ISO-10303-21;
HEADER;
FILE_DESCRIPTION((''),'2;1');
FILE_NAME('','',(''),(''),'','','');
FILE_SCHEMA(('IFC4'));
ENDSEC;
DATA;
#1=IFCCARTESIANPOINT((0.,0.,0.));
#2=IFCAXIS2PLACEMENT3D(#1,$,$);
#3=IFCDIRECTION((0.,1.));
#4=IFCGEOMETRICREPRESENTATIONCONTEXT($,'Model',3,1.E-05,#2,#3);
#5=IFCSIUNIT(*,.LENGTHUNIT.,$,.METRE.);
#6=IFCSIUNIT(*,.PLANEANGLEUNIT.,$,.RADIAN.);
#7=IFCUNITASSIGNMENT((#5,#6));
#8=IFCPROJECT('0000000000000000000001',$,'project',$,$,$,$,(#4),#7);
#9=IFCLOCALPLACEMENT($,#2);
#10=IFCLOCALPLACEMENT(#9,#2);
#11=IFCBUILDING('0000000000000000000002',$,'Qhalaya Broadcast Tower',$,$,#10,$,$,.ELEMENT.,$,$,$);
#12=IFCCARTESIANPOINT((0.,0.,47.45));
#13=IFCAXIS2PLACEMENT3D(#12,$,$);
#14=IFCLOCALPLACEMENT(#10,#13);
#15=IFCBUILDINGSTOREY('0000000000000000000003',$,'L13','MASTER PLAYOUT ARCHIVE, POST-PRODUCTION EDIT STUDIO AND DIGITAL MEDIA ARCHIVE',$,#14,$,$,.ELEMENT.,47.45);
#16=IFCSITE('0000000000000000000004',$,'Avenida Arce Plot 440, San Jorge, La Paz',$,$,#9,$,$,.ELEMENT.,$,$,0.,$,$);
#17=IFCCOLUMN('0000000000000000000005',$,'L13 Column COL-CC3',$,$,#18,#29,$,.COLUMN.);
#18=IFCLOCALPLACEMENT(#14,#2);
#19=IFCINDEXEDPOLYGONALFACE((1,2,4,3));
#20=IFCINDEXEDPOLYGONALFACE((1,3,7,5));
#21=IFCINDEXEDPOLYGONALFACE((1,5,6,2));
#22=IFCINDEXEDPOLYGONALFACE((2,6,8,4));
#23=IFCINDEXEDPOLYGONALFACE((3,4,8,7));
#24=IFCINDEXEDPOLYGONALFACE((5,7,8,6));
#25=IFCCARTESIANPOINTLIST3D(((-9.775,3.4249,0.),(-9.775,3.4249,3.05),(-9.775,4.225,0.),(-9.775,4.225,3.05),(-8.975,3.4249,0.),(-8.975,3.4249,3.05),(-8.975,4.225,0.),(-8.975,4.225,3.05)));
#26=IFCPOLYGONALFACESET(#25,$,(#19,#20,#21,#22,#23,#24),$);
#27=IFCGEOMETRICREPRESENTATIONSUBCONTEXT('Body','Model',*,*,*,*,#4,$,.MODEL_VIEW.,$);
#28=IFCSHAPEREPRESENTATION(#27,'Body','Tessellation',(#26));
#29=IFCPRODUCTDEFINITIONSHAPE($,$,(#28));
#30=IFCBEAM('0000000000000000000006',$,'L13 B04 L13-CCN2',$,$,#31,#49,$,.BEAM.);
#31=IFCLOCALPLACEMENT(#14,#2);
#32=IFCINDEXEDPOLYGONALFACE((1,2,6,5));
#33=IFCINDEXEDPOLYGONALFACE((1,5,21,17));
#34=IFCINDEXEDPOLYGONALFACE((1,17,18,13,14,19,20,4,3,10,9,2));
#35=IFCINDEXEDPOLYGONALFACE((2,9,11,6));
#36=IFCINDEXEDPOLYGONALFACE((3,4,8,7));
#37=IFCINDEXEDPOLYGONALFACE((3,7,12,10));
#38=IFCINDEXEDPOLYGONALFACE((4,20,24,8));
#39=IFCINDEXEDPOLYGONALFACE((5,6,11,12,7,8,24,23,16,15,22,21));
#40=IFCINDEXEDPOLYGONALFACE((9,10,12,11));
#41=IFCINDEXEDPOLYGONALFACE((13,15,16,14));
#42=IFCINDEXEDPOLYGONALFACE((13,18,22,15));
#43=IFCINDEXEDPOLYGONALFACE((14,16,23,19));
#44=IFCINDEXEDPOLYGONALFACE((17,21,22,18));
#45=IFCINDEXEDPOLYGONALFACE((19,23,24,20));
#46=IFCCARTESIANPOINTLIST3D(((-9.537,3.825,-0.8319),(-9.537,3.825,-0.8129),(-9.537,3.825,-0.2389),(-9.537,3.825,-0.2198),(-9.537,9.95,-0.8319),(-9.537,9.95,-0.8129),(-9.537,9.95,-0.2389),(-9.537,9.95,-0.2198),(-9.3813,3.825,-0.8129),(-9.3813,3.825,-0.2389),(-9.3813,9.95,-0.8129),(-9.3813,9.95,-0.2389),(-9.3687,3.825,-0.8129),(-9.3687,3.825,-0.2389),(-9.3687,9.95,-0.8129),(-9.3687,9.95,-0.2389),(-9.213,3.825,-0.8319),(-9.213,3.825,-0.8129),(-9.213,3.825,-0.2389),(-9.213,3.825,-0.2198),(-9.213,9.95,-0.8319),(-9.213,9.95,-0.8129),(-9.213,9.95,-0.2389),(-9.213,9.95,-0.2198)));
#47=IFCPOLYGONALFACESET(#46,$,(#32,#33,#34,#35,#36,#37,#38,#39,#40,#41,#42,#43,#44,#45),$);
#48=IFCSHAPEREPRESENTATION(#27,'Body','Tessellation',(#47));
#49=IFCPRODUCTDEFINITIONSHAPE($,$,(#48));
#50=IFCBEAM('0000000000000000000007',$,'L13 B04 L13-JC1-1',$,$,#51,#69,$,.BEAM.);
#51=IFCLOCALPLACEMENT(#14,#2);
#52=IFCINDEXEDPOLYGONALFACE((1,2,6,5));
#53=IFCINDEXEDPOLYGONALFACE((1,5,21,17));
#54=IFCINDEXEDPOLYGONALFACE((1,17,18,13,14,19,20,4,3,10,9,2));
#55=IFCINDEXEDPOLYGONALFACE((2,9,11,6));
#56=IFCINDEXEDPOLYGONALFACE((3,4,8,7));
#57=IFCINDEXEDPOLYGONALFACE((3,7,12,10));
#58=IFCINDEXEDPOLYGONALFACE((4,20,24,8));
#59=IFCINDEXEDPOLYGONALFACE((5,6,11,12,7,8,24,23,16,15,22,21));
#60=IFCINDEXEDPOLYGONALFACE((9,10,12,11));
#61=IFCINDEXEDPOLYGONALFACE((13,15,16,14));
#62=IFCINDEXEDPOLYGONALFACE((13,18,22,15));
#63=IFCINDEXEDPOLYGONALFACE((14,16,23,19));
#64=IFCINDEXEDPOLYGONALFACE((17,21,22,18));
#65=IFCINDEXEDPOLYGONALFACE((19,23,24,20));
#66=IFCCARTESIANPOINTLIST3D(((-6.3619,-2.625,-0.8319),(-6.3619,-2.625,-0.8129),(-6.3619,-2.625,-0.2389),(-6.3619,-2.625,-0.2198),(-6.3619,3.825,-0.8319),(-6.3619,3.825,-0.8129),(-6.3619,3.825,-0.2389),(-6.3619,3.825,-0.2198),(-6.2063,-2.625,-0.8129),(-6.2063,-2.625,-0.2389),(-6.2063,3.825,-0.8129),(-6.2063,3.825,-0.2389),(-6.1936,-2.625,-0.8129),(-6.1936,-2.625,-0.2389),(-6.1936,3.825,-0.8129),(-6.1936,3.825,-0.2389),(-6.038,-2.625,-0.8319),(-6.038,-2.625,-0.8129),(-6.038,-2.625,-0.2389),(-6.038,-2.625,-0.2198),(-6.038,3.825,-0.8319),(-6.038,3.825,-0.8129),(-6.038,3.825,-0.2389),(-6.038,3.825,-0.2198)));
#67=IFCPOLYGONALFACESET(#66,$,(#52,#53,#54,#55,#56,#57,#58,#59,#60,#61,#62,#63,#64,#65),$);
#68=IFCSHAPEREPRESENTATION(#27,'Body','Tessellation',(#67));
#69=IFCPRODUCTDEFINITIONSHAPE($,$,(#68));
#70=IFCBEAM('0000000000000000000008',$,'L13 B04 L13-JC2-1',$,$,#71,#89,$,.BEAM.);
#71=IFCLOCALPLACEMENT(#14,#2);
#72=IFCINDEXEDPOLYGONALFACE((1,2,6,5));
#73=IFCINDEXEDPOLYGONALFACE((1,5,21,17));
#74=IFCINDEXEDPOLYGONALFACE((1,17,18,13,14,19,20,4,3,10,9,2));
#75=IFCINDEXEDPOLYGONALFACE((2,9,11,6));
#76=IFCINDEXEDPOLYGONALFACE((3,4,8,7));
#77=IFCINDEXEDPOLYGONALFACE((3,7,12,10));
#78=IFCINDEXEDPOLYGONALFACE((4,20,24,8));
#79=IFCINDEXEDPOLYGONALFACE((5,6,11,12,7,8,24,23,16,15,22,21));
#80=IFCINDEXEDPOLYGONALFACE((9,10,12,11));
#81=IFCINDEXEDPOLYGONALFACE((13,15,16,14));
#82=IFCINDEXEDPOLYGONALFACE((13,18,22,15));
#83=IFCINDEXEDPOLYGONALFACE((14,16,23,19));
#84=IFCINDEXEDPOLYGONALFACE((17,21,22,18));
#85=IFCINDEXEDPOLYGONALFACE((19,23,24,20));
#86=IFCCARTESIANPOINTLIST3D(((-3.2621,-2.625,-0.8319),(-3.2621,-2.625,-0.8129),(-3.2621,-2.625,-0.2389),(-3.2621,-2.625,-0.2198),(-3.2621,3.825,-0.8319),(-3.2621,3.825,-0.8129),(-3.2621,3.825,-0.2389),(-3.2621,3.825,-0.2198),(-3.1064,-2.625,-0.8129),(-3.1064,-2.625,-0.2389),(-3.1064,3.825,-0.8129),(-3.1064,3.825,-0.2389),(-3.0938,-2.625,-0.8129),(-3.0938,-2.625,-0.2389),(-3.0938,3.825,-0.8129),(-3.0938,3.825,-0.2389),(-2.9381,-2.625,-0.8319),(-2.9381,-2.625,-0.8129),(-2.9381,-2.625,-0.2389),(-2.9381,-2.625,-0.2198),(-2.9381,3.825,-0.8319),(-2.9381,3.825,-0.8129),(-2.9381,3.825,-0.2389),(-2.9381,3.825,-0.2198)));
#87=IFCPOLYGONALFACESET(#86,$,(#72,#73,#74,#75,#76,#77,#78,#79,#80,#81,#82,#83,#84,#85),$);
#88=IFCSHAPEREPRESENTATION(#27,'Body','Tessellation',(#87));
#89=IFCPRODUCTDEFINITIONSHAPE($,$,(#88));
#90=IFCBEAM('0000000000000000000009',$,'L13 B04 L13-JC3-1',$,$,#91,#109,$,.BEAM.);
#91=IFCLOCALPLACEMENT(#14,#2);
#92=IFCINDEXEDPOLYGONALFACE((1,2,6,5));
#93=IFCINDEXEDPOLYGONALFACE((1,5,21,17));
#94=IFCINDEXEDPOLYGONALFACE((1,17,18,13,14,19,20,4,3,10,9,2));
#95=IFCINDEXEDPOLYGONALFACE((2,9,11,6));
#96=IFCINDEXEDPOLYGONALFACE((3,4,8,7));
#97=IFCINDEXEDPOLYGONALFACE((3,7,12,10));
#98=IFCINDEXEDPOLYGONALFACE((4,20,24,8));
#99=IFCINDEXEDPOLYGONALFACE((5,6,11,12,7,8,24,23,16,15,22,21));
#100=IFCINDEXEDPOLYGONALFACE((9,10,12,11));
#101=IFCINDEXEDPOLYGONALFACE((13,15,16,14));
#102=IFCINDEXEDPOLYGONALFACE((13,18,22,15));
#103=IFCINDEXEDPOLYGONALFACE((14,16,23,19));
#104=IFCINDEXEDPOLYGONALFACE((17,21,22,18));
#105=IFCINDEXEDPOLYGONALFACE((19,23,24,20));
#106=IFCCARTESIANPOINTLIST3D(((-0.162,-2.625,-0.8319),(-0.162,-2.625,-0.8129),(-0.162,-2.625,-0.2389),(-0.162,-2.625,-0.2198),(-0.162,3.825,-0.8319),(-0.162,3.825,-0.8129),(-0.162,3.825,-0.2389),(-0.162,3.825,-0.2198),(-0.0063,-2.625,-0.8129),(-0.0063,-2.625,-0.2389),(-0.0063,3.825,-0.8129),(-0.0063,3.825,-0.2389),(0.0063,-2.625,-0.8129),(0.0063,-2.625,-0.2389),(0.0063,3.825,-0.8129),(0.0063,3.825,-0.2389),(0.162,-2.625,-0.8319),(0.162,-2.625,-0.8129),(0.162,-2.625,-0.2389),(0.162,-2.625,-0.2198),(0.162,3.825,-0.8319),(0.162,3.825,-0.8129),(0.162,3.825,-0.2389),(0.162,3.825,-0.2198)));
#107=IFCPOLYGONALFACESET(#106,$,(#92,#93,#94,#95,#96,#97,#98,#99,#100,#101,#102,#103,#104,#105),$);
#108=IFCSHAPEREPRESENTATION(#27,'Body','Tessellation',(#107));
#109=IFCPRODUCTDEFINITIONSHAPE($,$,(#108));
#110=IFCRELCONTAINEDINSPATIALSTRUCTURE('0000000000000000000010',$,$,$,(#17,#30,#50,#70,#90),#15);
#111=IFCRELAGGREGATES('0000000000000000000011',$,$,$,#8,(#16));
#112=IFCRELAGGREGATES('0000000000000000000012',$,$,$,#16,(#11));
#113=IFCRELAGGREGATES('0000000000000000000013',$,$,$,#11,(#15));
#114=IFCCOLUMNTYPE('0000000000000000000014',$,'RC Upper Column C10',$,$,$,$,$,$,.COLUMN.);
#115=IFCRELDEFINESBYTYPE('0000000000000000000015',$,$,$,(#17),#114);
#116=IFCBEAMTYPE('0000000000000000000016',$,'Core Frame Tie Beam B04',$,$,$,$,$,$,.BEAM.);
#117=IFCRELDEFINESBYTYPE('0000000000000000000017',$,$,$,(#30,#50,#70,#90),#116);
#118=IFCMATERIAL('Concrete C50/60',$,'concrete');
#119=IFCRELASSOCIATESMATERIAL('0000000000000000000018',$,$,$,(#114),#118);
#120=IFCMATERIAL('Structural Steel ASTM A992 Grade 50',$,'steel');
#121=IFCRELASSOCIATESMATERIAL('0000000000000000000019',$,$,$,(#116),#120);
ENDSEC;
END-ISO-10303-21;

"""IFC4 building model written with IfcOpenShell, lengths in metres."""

from ifc_helpers import new_model, si_unit, direction, frame, origin, origin_2d, place, context, subcontext, project, spatial, rectangle, i_section, extrude, material, material_profile, profile_set, type_object, element, save


model = new_model("IFC4")

# Units and contexts
model_context = context("Model", 3, precision=1e-05, world=origin(), true_north=direction((0.0, 1.0)))
body_context = subcontext(model_context, "Body", "Model", "MODEL_VIEW")
ifc_project = project(units=[si_unit("LENGTHUNIT", "METRE"), si_unit("PLANEANGLEUNIT", "RADIAN")], contexts=[model_context])

# Site, building, storey
site_placement = place(None, origin())
site = spatial("IfcSite", under=ifc_project, at=site_placement, Name="Avenida Arce Plot 440, San Jorge, La Paz", CompositionType="ELEMENT", RefElevation=0.0)
building_placement = place(site_placement, origin())
building = spatial("IfcBuilding", under=site, at=building_placement, Name="Qhalaya Broadcast Tower", CompositionType="ELEMENT")
storey_placement = place(building_placement, frame((0.0, 0.0, 47.45)))
storey = spatial("IfcBuildingStorey", under=building, at=storey_placement, Name="L13", Description="MASTER PLAYOUT ARCHIVE, POST-PRODUCTION EDIT STUDIO AND DIGITAL MEDIA ARCHIVE", CompositionType="ELEMENT", Elevation=47.45)

# Column
ifc_material_1 = material(Name="Concrete C50/60", Category="concrete")
ifc_material_profile_1 = material_profile(ifc_material_1, rectangle(XDim=0.8, YDim=0.8, at=origin_2d()), Name="RC-COL 800x800")
ifc_profile_set_1 = profile_set([ifc_material_profile_1], Name="Concrete C50/60")
column_type = type_object("IfcColumnType", Name="RC Upper Column C10", PredefinedType="COLUMN", material=ifc_profile_set_1)
column_placement = place(storey_placement, frame((-9.375, 3.825, 0.0), z_axis=(0.0, 0.0, 1.0), x_axis=(1.0, 0.0, 0.0)))
element("IfcColumn", 1, at=column_placement, inside=storey, type_object=column_type, Name="L13 Column COL-CC3", PredefinedType="COLUMN", context=body_context, shape_type="SweptSolid", body=[
    extrude(rectangle(XDim=0.8, YDim=0.8, at=origin_2d()), origin(), (0.0, 0.0, 1.0), 3.05),
])

# Beams
ifc_material_2 = material(Name="Structural Steel ASTM A992 Grade 50", Category="steel")
ifc_material_profile_2 = material_profile(ifc_material_2, i_section(OverallWidth=0.324, OverallDepth=0.6121, WebThickness=0.0127, FlangeThickness=0.019, at=origin_2d()), Name="W24X104")
ifc_profile_set_2 = profile_set([ifc_material_profile_2], Name="Structural Steel ASTM A992 Grade 50")
beam_type = type_object("IfcBeamType", Name="Core Frame Tie Beam B04", PredefinedType="BEAM", material=ifc_profile_set_2)
beam_placement = place(storey_placement, frame((-9.375, 3.825, -0.5259), z_axis=(0.0, 1.0, 0.0), x_axis=(-1.0, 0.0, 0.0)))
element("IfcBeam", 2, at=beam_placement, inside=storey, type_object=beam_type, Name="L13 B04 L13-CCN2", PredefinedType="BEAM", context=body_context, shape_type="SweptSolid", body=[
    extrude(i_section(OverallWidth=0.324, OverallDepth=0.6121, WebThickness=0.0127, FlangeThickness=0.019, at=origin_2d()), origin(), (0.0, 0.0, 1.0), 6.125),
])
for number, where, z_axis, x_axis, name in (
    (3, (-6.2, -2.625, -0.5259), (0.0, 1.0, 0.0), (-1.0, 0.0, 0.0), "L13 B04 L13-JC1-1"),
    (4, (-3.1001, -2.625, -0.5259), (0.0, 1.0, 0.0), (-1.0, 0.0, 0.0), "L13 B04 L13-JC2-1"),
    (5, (0.0, -2.625, -0.5259), (0.0, 1.0, 0.0), (-1.0, 0.0, 0.0), "L13 B04 L13-JC3-1"),
):
    element("IfcBeam", number, at=place(storey_placement, frame(where, z_axis=z_axis, x_axis=x_axis)), inside=storey, type_object=beam_type, Name=name, PredefinedType="BEAM", context=body_context, shape_type="SweptSolid", body=[
        extrude(i_section(OverallWidth=0.324, OverallDepth=0.6121, WebThickness=0.0127, FlangeThickness=0.019, at=origin_2d()), origin(), (0.0, 0.0, 1.0), 6.45),
    ])

save(model, "model.ifc")
